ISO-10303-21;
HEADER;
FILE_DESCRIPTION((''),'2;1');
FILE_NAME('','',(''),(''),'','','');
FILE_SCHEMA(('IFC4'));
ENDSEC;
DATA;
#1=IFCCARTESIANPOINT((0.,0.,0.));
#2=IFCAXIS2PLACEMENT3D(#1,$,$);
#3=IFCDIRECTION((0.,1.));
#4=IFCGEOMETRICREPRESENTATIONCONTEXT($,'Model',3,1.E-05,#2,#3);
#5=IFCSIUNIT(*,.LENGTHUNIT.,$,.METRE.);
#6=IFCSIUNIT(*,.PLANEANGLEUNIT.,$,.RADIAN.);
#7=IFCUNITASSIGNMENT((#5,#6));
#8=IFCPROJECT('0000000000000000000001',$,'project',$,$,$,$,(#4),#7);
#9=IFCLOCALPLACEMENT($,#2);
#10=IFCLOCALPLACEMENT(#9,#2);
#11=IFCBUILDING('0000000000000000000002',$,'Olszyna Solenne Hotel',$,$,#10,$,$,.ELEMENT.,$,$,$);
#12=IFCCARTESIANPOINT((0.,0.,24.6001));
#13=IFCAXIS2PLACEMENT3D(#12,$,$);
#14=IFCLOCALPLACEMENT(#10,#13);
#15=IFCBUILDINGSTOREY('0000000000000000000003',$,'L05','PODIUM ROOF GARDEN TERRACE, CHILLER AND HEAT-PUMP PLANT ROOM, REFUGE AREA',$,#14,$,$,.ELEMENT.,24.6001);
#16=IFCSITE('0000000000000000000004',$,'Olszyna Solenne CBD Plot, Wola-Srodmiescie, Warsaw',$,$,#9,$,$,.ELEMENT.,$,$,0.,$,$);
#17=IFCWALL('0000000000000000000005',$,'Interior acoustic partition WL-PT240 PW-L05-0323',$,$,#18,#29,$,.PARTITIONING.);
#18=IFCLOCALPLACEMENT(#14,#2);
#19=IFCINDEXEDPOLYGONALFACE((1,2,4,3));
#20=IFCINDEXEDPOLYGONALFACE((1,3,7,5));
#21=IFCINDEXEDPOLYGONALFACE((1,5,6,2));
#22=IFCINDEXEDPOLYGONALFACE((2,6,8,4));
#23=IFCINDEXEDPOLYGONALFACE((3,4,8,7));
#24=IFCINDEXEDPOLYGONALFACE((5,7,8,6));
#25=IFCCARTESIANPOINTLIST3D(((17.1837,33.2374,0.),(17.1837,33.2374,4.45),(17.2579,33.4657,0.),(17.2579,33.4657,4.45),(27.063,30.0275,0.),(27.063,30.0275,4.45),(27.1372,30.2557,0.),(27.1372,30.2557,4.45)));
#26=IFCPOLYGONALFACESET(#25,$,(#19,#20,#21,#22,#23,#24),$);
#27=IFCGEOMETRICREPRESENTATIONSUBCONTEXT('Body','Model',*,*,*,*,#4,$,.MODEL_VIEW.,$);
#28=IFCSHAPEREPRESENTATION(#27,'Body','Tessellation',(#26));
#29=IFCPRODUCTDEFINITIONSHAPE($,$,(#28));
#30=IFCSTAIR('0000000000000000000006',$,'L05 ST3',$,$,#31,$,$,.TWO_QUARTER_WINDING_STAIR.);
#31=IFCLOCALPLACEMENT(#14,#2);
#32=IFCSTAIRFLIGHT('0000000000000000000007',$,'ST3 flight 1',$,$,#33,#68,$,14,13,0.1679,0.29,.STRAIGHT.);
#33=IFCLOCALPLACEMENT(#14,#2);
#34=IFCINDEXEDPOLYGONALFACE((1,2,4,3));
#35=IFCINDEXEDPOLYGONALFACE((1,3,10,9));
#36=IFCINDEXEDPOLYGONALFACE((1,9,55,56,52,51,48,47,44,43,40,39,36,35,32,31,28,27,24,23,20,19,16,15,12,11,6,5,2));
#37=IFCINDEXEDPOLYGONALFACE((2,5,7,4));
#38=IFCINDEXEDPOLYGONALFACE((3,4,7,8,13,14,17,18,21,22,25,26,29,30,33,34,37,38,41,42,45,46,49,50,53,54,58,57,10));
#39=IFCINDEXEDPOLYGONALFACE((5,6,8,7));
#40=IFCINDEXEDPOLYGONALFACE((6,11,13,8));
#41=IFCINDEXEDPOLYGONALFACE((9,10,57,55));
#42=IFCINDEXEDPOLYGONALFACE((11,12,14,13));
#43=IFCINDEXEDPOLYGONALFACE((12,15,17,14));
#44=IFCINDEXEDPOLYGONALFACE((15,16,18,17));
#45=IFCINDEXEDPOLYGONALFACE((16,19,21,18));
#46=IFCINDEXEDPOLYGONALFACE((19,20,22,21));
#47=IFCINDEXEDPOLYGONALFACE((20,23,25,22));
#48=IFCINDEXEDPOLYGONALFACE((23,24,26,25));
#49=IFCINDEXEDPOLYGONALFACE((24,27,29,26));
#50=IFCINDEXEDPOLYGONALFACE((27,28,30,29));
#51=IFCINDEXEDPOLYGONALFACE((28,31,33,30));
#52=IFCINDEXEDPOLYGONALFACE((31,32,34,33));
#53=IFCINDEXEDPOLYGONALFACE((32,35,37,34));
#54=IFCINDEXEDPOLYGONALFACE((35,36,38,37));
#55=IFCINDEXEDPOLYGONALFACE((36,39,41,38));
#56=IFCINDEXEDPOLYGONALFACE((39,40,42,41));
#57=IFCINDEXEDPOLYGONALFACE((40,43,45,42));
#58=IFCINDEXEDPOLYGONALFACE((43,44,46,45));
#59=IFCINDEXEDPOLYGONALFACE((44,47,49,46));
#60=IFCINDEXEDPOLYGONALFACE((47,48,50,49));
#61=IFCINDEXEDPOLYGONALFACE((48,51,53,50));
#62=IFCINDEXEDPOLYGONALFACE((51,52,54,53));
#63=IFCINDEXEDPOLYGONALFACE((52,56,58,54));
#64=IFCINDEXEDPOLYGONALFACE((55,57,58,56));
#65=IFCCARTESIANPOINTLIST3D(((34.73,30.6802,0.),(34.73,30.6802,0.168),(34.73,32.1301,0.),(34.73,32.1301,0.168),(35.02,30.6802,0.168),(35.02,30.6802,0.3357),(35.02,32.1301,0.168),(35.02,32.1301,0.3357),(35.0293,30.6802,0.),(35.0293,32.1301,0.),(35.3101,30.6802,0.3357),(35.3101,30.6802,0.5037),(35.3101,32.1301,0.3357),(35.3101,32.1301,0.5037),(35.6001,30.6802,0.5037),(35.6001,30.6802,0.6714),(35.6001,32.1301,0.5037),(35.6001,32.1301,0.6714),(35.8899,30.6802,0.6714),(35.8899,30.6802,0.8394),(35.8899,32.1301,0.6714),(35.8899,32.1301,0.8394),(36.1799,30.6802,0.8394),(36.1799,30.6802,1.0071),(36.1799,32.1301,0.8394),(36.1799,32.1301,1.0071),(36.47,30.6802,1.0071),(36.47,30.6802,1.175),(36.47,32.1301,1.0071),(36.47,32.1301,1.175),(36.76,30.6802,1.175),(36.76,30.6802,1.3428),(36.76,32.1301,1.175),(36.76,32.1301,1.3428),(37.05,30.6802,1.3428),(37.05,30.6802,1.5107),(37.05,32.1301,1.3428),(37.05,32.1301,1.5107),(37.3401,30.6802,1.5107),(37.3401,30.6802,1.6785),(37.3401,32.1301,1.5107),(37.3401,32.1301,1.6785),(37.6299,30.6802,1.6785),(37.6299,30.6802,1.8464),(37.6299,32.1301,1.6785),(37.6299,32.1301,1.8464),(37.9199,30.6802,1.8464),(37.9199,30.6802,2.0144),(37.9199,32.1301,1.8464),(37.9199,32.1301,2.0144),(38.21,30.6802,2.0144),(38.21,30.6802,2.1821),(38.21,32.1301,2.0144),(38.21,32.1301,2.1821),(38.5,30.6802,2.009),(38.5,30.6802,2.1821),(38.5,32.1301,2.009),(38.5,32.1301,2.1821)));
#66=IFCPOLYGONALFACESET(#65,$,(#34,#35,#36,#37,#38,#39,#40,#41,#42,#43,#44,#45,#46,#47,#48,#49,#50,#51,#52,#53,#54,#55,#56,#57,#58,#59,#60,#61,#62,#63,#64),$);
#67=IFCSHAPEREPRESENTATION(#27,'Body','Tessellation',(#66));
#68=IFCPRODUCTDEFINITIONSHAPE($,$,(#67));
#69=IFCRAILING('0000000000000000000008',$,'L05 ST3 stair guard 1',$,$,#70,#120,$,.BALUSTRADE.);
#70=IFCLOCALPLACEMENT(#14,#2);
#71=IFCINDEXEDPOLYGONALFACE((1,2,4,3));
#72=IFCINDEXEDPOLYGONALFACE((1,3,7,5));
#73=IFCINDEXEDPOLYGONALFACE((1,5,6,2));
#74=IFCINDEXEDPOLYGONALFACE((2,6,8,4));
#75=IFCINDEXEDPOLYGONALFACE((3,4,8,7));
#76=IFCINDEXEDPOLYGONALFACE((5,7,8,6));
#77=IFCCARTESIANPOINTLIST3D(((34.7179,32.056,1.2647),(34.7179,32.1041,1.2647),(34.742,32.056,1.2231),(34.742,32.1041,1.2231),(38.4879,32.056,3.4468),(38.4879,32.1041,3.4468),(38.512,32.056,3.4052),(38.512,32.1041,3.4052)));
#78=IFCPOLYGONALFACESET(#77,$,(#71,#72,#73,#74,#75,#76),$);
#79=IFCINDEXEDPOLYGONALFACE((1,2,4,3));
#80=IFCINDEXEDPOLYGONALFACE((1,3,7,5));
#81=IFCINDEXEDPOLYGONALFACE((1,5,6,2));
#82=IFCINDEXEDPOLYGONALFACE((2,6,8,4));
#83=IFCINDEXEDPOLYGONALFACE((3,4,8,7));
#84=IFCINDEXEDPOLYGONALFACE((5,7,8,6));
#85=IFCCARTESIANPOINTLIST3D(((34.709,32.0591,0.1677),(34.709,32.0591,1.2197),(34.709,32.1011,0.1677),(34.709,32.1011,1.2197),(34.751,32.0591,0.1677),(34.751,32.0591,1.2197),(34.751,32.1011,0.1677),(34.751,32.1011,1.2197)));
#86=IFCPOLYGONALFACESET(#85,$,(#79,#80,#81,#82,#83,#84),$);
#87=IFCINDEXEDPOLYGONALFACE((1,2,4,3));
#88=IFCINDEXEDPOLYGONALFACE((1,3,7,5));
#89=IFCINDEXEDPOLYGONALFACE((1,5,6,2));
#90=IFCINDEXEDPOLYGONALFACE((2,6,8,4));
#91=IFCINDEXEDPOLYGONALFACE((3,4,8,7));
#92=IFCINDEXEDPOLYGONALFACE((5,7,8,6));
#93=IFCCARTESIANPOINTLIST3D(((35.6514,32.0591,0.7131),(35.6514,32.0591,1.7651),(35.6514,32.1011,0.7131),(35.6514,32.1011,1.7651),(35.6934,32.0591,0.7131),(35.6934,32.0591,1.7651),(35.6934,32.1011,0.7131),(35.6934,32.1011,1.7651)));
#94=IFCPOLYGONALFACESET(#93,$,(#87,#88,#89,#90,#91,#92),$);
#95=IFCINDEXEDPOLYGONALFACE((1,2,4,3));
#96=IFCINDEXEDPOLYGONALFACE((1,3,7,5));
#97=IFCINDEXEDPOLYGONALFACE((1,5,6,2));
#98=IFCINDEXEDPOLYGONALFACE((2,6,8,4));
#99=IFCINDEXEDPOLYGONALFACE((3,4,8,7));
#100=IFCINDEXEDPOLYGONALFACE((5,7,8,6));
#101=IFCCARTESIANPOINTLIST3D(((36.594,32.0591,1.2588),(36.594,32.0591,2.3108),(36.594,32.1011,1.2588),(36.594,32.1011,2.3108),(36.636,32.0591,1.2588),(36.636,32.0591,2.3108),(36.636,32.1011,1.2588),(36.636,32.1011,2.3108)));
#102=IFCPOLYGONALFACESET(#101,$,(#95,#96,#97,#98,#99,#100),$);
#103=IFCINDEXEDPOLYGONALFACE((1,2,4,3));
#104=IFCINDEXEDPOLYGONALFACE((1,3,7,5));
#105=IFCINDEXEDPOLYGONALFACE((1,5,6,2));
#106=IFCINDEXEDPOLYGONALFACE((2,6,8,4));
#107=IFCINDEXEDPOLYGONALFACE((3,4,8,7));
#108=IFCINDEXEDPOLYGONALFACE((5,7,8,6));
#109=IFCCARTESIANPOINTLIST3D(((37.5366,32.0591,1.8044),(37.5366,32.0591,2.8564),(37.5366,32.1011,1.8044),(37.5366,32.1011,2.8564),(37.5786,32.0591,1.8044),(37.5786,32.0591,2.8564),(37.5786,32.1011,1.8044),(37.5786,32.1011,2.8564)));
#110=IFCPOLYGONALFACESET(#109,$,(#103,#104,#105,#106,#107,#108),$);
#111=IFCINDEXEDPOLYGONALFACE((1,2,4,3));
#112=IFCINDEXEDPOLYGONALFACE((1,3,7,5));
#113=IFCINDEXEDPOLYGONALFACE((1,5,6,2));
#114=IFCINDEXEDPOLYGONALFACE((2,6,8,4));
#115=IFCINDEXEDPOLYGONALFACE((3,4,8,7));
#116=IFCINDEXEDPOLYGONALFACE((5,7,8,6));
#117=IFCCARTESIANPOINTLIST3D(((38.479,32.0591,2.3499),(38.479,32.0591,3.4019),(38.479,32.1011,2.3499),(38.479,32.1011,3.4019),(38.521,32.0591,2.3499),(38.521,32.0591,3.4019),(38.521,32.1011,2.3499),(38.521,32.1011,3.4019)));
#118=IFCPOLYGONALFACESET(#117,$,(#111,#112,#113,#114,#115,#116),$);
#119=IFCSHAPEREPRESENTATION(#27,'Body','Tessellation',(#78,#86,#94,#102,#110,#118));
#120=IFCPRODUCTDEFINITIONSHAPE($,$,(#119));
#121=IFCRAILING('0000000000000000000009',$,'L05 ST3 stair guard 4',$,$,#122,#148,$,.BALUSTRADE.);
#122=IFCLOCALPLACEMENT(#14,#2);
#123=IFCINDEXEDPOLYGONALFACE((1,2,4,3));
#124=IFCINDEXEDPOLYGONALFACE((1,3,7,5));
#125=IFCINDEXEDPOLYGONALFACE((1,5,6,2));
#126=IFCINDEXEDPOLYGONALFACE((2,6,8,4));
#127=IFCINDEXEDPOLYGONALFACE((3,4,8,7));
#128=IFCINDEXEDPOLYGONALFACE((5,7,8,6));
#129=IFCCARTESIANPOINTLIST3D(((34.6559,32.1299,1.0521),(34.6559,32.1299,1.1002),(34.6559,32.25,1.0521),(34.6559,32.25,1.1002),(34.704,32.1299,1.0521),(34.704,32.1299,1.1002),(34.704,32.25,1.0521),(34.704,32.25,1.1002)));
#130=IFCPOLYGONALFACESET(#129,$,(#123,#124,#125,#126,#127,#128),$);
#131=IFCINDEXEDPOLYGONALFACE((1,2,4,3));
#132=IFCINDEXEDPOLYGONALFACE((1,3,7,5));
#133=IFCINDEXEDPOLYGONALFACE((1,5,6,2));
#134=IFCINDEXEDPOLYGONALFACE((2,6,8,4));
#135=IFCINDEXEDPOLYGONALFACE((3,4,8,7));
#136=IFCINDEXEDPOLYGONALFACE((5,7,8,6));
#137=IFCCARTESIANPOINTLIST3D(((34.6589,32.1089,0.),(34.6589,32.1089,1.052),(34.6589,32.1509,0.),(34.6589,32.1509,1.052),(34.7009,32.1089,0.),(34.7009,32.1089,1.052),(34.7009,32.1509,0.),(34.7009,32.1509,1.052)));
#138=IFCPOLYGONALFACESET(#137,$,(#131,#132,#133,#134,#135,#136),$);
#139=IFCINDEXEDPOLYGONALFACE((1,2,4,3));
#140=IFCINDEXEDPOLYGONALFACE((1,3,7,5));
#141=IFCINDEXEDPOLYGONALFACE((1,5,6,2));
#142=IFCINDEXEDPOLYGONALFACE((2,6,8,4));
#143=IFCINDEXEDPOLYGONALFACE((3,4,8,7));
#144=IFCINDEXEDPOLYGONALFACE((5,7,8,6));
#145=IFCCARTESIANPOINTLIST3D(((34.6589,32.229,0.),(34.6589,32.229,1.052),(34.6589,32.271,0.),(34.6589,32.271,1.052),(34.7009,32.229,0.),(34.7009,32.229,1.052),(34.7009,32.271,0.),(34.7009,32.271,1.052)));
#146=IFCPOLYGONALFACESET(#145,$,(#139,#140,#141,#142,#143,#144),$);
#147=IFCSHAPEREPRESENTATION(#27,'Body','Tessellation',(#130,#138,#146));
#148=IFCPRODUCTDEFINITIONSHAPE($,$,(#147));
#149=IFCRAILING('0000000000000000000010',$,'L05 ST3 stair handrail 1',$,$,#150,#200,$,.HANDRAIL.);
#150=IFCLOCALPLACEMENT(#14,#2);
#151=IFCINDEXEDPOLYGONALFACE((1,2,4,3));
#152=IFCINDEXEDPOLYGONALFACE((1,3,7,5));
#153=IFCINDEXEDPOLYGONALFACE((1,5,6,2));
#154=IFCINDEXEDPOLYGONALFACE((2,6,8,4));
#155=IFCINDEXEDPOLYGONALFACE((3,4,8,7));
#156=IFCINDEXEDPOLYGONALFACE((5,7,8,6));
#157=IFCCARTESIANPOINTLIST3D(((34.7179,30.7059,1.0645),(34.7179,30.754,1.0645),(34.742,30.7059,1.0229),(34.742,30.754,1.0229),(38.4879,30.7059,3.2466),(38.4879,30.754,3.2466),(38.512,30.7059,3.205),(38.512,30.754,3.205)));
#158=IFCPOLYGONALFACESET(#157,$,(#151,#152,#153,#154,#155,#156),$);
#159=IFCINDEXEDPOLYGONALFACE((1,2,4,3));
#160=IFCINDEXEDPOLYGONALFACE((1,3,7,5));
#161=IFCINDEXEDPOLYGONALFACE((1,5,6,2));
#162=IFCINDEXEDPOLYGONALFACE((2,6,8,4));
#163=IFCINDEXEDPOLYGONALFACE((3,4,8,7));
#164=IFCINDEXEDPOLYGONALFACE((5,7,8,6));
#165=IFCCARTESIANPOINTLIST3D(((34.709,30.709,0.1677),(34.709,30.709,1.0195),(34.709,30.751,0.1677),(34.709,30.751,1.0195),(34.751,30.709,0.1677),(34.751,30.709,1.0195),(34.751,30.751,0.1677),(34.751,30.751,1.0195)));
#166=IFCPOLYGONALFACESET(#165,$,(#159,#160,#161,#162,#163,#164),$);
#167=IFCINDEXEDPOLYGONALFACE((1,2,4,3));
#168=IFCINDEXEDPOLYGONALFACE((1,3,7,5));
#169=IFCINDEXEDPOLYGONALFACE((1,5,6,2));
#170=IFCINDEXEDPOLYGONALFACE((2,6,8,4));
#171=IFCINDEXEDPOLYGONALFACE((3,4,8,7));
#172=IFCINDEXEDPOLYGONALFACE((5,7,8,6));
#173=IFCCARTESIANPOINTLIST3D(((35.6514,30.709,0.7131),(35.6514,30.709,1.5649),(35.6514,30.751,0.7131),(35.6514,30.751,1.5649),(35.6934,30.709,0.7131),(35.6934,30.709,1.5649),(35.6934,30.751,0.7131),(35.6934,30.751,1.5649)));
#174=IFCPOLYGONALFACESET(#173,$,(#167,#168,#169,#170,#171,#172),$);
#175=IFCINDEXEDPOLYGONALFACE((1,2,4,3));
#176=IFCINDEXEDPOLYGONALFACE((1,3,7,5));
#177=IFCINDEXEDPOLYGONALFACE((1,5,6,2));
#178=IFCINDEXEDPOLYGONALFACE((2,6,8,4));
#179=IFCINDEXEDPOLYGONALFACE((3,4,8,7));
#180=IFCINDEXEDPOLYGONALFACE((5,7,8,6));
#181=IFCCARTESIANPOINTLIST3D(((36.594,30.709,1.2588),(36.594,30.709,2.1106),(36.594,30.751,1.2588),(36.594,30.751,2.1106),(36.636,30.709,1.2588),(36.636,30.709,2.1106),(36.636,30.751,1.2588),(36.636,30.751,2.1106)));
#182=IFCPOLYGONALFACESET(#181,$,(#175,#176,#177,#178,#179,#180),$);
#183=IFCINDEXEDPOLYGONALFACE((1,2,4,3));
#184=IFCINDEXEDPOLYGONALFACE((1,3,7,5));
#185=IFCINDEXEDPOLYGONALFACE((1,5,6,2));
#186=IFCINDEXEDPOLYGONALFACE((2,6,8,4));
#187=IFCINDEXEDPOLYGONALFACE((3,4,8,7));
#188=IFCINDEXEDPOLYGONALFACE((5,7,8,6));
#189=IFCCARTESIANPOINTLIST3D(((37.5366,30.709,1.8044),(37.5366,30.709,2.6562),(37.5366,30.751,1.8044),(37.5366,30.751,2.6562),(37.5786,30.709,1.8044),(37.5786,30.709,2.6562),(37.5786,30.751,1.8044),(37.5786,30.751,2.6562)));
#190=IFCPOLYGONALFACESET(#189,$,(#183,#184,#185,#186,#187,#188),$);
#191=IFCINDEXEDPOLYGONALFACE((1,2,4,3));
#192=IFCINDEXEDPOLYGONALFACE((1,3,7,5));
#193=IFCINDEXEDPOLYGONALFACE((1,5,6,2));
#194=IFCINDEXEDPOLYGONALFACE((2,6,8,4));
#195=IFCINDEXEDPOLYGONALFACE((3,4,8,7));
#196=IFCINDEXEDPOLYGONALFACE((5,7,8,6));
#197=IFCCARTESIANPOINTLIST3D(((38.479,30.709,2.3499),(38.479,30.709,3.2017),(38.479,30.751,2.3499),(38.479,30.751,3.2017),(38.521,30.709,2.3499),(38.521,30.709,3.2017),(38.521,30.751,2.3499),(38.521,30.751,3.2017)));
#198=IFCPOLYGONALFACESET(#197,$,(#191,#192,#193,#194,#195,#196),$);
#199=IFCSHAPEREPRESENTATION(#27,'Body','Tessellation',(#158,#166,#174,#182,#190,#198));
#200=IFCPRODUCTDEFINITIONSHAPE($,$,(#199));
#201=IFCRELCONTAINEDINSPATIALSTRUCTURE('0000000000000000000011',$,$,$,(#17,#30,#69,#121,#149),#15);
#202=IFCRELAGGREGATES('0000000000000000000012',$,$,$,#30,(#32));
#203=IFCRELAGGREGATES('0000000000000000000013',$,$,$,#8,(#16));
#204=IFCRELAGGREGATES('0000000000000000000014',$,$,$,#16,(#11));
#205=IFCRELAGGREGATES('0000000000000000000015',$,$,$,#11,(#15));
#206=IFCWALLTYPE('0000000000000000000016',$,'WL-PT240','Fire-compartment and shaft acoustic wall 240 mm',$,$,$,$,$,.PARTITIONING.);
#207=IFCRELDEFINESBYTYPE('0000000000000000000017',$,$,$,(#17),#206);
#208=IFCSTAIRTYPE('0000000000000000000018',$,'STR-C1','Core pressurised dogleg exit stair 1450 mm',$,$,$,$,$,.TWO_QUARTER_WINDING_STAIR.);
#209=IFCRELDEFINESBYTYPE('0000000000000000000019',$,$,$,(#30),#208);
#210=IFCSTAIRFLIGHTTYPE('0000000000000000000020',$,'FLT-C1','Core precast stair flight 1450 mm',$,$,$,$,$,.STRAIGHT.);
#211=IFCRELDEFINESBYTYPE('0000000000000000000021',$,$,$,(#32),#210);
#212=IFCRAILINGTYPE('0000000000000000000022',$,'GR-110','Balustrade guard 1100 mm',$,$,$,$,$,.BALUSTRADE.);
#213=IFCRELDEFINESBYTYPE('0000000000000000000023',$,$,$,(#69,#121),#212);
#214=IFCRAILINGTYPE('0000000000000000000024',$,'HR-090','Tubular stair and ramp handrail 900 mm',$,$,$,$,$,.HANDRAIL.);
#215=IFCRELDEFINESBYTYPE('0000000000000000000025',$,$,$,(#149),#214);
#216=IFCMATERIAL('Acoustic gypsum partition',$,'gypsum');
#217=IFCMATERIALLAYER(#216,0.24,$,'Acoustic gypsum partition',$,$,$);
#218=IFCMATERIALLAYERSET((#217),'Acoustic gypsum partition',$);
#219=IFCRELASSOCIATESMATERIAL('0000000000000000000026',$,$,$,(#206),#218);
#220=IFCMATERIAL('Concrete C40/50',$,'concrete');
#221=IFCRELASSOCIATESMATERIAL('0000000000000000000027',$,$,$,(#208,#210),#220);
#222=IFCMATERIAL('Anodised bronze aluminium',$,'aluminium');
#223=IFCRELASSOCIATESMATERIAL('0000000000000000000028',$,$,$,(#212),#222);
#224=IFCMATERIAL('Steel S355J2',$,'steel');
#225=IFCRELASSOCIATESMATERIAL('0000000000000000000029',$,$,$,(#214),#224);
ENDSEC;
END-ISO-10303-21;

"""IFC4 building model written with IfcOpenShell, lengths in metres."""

from ifc_helpers import new_model, si_unit, direction, frame, frame_2d, origin, origin_2d, place, context, subcontext, project, spatial, polyline, rectangle, outline, extrude, material, layer, layer_set, type_object, element, aggregate, save


model = new_model("IFC4")

# Units and contexts
model_context = context("Model", 3, precision=1e-05, world=origin(), true_north=direction((0.0, 1.0)))
body_context = subcontext(model_context, "Body", "Model", "MODEL_VIEW")
ifc_project = project(units=[si_unit("LENGTHUNIT", "METRE"), si_unit("PLANEANGLEUNIT", "RADIAN")], contexts=[model_context])

# Site, building, storey
site_placement = place(None, origin())
site = spatial("IfcSite", under=ifc_project, at=site_placement, Name="Olszyna Solenne CBD Plot, Wola-Srodmiescie, Warsaw", CompositionType="ELEMENT", RefElevation=0.0)
building_placement = place(site_placement, origin())
building = spatial("IfcBuilding", under=site, at=building_placement, Name="Olszyna Solenne Hotel", CompositionType="ELEMENT")
storey_placement = place(building_placement, frame((0.0, 0.0, 24.6001)))
storey = spatial("IfcBuildingStorey", under=building, at=storey_placement, Name="L05", Description="PODIUM ROOF GARDEN TERRACE, CHILLER AND HEAT-PUMP PLANT ROOM, REFUGE AREA", CompositionType="ELEMENT", Elevation=24.6001)

# Shared definitions
ifc_material_1 = material(Name="Steel S355J2", Category="steel")

# Shared definitions
ifc_material_2 = material(Name="Acoustic gypsum partition", Category="gypsum")

# Wall
ifc_layer_1 = layer(ifc_material_2, 0.24, Name="Acoustic gypsum partition")
ifc_layer_set_1 = layer_set([ifc_layer_1], Name="Acoustic gypsum partition")
wall_type_1 = type_object("IfcWallType", Name="WL-PT240", Description="Fire-compartment and shaft acoustic wall 240 mm", PredefinedType="PARTITIONING", material=ifc_layer_set_1)
wall_1_placement = place(storey_placement, frame((27.1001, 30.1416, 0.0), z_axis=(0.0, 0.0, 1.0), x_axis=(-0.951058, 0.309013, 0.0)))
element("IfcWall", 1, at=wall_1_placement, inside=storey, type_object=wall_type_1, Name="Interior acoustic partition WL-PT240 PW-L05-0323", PredefinedType="PARTITIONING", context=body_context, shape_type="SweptSolid", body=[
    extrude(rectangle(XDim=10.3877, YDim=0.24, at=frame_2d((5.1938, 0.0))), origin(), (0.0, 0.0, 1.0), 4.45),
])

# Stair, stair flight
ifc_material_3 = material(Name="Concrete C40/50", Category="concrete")
stair_type = type_object("IfcStairType", Name="STR-C1", Description="Core pressurised dogleg exit stair 1450 mm", PredefinedType="TWO_QUARTER_WINDING_STAIR", material=ifc_material_3)
stair_placement = place(storey_placement, origin())
stair = element("IfcStair", 2, at=stair_placement, inside=storey, type_object=stair_type, Name="L05 ST3", PredefinedType="TWO_QUARTER_WINDING_STAIR")
stair_flight_type = type_object("IfcStairFlightType", Name="FLT-C1", Description="Core precast stair flight 1450 mm", PredefinedType="STRAIGHT", material=ifc_material_3)
stair_flight_placement = place(storey_placement, frame((34.73, 31.405, 0.0), z_axis=(0.0, 0.0, 1.0), x_axis=(1.0, 0.0, 0.0)))
stair_flight = element("IfcStairFlight", 3, at=stair_flight_placement, type_object=stair_flight_type, Name="ST3 flight 1", NumberOfRisers=14, NumberOfTreads=13, PredefinedType="STRAIGHT", RiserHeight=0.1679, TreadLength=0.29, context=body_context, shape_type="SweptSolid", body=[
    extrude(outline(polyline([(0.0, 0.0), (0.0, 0.168), (0.29, 0.168), (0.29, 0.3357), (0.5801, 0.3357), (0.5801, 0.5037), (0.8701, 0.5037), (0.8701, 0.6714), (1.1599, 0.6714), (1.1599, 0.8394), (1.45, 0.8394), (1.45, 1.0071), (1.74, 1.0071), (1.74, 1.175), (2.03, 1.175), (2.03, 1.3428), (2.3201, 1.3428), (2.3201, 1.5107), (2.6101, 1.5107), (2.6101, 1.6785), (2.8999, 1.6785), (2.8999, 1.8464), (3.1899, 1.8464), (3.1899, 2.0144), (3.48, 2.0144), (3.48, 2.1821), (3.77, 2.1821), (3.77, 2.3501), (3.77, 2.009), (0.2993, 0.0), (0.0, 0.0)])), frame((0.0, 0.7251, 0.0), z_axis=(0.0, -1.0, 0.0), x_axis=(1.0, 0.0, 0.0)), (0.0, 0.0, 1.0), 1.45),
])
aggregate(stair, [stair_flight])

# Railings
ifc_material_4 = material(Name="Anodised bronze aluminium", Category="aluminium")
railing_type_1 = type_object("IfcRailingType", Name="GR-110", Description="Balustrade guard 1100 mm", PredefinedType="BALUSTRADE", material=ifc_material_4)
railing_1_placement = place(storey_placement, frame((34.73, 32.0801, 0.1677)))
element("IfcRailing", 4, at=railing_1_placement, inside=storey, type_object=railing_type_1, Name="L05 ST3 stair guard 1", PredefinedType="BALUSTRADE", context=body_context, shape_type="SweptSolid", body=[
    extrude(rectangle(XDim=0.0481, YDim=0.0481, at=origin_2d()), frame((0.0, 0.0, 1.0762), z_axis=(0.865477, 0.0, 0.500948), x_axis=(0.0, 1.0, 0.0)), (0.0, 0.0, 1.0), 4.356),
    extrude(rectangle(XDim=0.042, YDim=0.042, at=origin_2d()), origin(), (0.0, 0.0, 1.0), 1.052),
    extrude(rectangle(XDim=0.042, YDim=0.042, at=origin_2d()), frame((0.9424, 0.0, 0.5454)), (0.0, 0.0, 1.0), 1.052),
    extrude(rectangle(XDim=0.042, YDim=0.042, at=origin_2d()), frame((1.885, 0.0, 1.0911)), (0.0, 0.0, 1.0), 1.052),
    extrude(rectangle(XDim=0.042, YDim=0.042, at=origin_2d()), frame((2.8276, 0.0, 1.6367)), (0.0, 0.0, 1.0), 1.052),
    extrude(rectangle(XDim=0.042, YDim=0.042, at=origin_2d()), frame((3.77, 0.0, 2.1821)), (0.0, 0.0, 1.0), 1.052),
])
railing_2_placement = place(storey_placement, frame((34.6799, 32.1299, 0.0)))
element("IfcRailing", 5, at=railing_2_placement, inside=storey, type_object=railing_type_1, Name="L05 ST3 stair guard 4", PredefinedType="BALUSTRADE", context=body_context, shape_type="SweptSolid", body=[
    extrude(rectangle(XDim=0.0481, YDim=0.0481, at=origin_2d()), frame((0.0, 0.0, 1.0762), z_axis=(0.0, 1.0, 0.0), x_axis=(-1.0, 0.0, 0.0)), (0.0, 0.0, 1.0), 0.1201),
    extrude(rectangle(XDim=0.042, YDim=0.042, at=origin_2d()), origin(), (0.0, 0.0, 1.0), 1.052),
    extrude(rectangle(XDim=0.042, YDim=0.042, at=origin_2d()), frame((0.0, 0.1201, 0.0)), (0.0, 0.0, 1.0), 1.052),
])
railing_type_2 = type_object("IfcRailingType", Name="HR-090", Description="Tubular stair and ramp handrail 900 mm", PredefinedType="HANDRAIL", material=ifc_material_1)
railing_3_placement = place(storey_placement, frame((34.73, 30.73, 0.1677)))
element("IfcRailing", 6, at=railing_3_placement, inside=storey, type_object=railing_type_2, Name="L05 ST3 stair handrail 1", PredefinedType="HANDRAIL", context=body_context, shape_type="SweptSolid", body=[
    extrude(rectangle(XDim=0.0481, YDim=0.0481, at=origin_2d()), frame((0.0, 0.0, 0.876), z_axis=(0.865477, 0.0, 0.500948), x_axis=(0.0, 1.0, 0.0)), (0.0, 0.0, 1.0), 4.356),
    extrude(rectangle(XDim=0.042, YDim=0.042, at=origin_2d()), origin(), (0.0, 0.0, 1.0), 0.8518),
    extrude(rectangle(XDim=0.042, YDim=0.042, at=origin_2d()), frame((0.9424, 0.0, 0.5454)), (0.0, 0.0, 1.0), 0.8518),
    extrude(rectangle(XDim=0.042, YDim=0.042, at=origin_2d()), frame((1.885, 0.0, 1.0911)), (0.0, 0.0, 1.0), 0.8518),
    extrude(rectangle(XDim=0.042, YDim=0.042, at=origin_2d()), frame((2.8276, 0.0, 1.6367)), (0.0, 0.0, 1.0), 0.8518),
    extrude(rectangle(XDim=0.042, YDim=0.042, at=origin_2d()), frame((3.77, 0.0, 2.1821)), (0.0, 0.0, 1.0), 0.8518),
])

save(model, "model.ifc")
